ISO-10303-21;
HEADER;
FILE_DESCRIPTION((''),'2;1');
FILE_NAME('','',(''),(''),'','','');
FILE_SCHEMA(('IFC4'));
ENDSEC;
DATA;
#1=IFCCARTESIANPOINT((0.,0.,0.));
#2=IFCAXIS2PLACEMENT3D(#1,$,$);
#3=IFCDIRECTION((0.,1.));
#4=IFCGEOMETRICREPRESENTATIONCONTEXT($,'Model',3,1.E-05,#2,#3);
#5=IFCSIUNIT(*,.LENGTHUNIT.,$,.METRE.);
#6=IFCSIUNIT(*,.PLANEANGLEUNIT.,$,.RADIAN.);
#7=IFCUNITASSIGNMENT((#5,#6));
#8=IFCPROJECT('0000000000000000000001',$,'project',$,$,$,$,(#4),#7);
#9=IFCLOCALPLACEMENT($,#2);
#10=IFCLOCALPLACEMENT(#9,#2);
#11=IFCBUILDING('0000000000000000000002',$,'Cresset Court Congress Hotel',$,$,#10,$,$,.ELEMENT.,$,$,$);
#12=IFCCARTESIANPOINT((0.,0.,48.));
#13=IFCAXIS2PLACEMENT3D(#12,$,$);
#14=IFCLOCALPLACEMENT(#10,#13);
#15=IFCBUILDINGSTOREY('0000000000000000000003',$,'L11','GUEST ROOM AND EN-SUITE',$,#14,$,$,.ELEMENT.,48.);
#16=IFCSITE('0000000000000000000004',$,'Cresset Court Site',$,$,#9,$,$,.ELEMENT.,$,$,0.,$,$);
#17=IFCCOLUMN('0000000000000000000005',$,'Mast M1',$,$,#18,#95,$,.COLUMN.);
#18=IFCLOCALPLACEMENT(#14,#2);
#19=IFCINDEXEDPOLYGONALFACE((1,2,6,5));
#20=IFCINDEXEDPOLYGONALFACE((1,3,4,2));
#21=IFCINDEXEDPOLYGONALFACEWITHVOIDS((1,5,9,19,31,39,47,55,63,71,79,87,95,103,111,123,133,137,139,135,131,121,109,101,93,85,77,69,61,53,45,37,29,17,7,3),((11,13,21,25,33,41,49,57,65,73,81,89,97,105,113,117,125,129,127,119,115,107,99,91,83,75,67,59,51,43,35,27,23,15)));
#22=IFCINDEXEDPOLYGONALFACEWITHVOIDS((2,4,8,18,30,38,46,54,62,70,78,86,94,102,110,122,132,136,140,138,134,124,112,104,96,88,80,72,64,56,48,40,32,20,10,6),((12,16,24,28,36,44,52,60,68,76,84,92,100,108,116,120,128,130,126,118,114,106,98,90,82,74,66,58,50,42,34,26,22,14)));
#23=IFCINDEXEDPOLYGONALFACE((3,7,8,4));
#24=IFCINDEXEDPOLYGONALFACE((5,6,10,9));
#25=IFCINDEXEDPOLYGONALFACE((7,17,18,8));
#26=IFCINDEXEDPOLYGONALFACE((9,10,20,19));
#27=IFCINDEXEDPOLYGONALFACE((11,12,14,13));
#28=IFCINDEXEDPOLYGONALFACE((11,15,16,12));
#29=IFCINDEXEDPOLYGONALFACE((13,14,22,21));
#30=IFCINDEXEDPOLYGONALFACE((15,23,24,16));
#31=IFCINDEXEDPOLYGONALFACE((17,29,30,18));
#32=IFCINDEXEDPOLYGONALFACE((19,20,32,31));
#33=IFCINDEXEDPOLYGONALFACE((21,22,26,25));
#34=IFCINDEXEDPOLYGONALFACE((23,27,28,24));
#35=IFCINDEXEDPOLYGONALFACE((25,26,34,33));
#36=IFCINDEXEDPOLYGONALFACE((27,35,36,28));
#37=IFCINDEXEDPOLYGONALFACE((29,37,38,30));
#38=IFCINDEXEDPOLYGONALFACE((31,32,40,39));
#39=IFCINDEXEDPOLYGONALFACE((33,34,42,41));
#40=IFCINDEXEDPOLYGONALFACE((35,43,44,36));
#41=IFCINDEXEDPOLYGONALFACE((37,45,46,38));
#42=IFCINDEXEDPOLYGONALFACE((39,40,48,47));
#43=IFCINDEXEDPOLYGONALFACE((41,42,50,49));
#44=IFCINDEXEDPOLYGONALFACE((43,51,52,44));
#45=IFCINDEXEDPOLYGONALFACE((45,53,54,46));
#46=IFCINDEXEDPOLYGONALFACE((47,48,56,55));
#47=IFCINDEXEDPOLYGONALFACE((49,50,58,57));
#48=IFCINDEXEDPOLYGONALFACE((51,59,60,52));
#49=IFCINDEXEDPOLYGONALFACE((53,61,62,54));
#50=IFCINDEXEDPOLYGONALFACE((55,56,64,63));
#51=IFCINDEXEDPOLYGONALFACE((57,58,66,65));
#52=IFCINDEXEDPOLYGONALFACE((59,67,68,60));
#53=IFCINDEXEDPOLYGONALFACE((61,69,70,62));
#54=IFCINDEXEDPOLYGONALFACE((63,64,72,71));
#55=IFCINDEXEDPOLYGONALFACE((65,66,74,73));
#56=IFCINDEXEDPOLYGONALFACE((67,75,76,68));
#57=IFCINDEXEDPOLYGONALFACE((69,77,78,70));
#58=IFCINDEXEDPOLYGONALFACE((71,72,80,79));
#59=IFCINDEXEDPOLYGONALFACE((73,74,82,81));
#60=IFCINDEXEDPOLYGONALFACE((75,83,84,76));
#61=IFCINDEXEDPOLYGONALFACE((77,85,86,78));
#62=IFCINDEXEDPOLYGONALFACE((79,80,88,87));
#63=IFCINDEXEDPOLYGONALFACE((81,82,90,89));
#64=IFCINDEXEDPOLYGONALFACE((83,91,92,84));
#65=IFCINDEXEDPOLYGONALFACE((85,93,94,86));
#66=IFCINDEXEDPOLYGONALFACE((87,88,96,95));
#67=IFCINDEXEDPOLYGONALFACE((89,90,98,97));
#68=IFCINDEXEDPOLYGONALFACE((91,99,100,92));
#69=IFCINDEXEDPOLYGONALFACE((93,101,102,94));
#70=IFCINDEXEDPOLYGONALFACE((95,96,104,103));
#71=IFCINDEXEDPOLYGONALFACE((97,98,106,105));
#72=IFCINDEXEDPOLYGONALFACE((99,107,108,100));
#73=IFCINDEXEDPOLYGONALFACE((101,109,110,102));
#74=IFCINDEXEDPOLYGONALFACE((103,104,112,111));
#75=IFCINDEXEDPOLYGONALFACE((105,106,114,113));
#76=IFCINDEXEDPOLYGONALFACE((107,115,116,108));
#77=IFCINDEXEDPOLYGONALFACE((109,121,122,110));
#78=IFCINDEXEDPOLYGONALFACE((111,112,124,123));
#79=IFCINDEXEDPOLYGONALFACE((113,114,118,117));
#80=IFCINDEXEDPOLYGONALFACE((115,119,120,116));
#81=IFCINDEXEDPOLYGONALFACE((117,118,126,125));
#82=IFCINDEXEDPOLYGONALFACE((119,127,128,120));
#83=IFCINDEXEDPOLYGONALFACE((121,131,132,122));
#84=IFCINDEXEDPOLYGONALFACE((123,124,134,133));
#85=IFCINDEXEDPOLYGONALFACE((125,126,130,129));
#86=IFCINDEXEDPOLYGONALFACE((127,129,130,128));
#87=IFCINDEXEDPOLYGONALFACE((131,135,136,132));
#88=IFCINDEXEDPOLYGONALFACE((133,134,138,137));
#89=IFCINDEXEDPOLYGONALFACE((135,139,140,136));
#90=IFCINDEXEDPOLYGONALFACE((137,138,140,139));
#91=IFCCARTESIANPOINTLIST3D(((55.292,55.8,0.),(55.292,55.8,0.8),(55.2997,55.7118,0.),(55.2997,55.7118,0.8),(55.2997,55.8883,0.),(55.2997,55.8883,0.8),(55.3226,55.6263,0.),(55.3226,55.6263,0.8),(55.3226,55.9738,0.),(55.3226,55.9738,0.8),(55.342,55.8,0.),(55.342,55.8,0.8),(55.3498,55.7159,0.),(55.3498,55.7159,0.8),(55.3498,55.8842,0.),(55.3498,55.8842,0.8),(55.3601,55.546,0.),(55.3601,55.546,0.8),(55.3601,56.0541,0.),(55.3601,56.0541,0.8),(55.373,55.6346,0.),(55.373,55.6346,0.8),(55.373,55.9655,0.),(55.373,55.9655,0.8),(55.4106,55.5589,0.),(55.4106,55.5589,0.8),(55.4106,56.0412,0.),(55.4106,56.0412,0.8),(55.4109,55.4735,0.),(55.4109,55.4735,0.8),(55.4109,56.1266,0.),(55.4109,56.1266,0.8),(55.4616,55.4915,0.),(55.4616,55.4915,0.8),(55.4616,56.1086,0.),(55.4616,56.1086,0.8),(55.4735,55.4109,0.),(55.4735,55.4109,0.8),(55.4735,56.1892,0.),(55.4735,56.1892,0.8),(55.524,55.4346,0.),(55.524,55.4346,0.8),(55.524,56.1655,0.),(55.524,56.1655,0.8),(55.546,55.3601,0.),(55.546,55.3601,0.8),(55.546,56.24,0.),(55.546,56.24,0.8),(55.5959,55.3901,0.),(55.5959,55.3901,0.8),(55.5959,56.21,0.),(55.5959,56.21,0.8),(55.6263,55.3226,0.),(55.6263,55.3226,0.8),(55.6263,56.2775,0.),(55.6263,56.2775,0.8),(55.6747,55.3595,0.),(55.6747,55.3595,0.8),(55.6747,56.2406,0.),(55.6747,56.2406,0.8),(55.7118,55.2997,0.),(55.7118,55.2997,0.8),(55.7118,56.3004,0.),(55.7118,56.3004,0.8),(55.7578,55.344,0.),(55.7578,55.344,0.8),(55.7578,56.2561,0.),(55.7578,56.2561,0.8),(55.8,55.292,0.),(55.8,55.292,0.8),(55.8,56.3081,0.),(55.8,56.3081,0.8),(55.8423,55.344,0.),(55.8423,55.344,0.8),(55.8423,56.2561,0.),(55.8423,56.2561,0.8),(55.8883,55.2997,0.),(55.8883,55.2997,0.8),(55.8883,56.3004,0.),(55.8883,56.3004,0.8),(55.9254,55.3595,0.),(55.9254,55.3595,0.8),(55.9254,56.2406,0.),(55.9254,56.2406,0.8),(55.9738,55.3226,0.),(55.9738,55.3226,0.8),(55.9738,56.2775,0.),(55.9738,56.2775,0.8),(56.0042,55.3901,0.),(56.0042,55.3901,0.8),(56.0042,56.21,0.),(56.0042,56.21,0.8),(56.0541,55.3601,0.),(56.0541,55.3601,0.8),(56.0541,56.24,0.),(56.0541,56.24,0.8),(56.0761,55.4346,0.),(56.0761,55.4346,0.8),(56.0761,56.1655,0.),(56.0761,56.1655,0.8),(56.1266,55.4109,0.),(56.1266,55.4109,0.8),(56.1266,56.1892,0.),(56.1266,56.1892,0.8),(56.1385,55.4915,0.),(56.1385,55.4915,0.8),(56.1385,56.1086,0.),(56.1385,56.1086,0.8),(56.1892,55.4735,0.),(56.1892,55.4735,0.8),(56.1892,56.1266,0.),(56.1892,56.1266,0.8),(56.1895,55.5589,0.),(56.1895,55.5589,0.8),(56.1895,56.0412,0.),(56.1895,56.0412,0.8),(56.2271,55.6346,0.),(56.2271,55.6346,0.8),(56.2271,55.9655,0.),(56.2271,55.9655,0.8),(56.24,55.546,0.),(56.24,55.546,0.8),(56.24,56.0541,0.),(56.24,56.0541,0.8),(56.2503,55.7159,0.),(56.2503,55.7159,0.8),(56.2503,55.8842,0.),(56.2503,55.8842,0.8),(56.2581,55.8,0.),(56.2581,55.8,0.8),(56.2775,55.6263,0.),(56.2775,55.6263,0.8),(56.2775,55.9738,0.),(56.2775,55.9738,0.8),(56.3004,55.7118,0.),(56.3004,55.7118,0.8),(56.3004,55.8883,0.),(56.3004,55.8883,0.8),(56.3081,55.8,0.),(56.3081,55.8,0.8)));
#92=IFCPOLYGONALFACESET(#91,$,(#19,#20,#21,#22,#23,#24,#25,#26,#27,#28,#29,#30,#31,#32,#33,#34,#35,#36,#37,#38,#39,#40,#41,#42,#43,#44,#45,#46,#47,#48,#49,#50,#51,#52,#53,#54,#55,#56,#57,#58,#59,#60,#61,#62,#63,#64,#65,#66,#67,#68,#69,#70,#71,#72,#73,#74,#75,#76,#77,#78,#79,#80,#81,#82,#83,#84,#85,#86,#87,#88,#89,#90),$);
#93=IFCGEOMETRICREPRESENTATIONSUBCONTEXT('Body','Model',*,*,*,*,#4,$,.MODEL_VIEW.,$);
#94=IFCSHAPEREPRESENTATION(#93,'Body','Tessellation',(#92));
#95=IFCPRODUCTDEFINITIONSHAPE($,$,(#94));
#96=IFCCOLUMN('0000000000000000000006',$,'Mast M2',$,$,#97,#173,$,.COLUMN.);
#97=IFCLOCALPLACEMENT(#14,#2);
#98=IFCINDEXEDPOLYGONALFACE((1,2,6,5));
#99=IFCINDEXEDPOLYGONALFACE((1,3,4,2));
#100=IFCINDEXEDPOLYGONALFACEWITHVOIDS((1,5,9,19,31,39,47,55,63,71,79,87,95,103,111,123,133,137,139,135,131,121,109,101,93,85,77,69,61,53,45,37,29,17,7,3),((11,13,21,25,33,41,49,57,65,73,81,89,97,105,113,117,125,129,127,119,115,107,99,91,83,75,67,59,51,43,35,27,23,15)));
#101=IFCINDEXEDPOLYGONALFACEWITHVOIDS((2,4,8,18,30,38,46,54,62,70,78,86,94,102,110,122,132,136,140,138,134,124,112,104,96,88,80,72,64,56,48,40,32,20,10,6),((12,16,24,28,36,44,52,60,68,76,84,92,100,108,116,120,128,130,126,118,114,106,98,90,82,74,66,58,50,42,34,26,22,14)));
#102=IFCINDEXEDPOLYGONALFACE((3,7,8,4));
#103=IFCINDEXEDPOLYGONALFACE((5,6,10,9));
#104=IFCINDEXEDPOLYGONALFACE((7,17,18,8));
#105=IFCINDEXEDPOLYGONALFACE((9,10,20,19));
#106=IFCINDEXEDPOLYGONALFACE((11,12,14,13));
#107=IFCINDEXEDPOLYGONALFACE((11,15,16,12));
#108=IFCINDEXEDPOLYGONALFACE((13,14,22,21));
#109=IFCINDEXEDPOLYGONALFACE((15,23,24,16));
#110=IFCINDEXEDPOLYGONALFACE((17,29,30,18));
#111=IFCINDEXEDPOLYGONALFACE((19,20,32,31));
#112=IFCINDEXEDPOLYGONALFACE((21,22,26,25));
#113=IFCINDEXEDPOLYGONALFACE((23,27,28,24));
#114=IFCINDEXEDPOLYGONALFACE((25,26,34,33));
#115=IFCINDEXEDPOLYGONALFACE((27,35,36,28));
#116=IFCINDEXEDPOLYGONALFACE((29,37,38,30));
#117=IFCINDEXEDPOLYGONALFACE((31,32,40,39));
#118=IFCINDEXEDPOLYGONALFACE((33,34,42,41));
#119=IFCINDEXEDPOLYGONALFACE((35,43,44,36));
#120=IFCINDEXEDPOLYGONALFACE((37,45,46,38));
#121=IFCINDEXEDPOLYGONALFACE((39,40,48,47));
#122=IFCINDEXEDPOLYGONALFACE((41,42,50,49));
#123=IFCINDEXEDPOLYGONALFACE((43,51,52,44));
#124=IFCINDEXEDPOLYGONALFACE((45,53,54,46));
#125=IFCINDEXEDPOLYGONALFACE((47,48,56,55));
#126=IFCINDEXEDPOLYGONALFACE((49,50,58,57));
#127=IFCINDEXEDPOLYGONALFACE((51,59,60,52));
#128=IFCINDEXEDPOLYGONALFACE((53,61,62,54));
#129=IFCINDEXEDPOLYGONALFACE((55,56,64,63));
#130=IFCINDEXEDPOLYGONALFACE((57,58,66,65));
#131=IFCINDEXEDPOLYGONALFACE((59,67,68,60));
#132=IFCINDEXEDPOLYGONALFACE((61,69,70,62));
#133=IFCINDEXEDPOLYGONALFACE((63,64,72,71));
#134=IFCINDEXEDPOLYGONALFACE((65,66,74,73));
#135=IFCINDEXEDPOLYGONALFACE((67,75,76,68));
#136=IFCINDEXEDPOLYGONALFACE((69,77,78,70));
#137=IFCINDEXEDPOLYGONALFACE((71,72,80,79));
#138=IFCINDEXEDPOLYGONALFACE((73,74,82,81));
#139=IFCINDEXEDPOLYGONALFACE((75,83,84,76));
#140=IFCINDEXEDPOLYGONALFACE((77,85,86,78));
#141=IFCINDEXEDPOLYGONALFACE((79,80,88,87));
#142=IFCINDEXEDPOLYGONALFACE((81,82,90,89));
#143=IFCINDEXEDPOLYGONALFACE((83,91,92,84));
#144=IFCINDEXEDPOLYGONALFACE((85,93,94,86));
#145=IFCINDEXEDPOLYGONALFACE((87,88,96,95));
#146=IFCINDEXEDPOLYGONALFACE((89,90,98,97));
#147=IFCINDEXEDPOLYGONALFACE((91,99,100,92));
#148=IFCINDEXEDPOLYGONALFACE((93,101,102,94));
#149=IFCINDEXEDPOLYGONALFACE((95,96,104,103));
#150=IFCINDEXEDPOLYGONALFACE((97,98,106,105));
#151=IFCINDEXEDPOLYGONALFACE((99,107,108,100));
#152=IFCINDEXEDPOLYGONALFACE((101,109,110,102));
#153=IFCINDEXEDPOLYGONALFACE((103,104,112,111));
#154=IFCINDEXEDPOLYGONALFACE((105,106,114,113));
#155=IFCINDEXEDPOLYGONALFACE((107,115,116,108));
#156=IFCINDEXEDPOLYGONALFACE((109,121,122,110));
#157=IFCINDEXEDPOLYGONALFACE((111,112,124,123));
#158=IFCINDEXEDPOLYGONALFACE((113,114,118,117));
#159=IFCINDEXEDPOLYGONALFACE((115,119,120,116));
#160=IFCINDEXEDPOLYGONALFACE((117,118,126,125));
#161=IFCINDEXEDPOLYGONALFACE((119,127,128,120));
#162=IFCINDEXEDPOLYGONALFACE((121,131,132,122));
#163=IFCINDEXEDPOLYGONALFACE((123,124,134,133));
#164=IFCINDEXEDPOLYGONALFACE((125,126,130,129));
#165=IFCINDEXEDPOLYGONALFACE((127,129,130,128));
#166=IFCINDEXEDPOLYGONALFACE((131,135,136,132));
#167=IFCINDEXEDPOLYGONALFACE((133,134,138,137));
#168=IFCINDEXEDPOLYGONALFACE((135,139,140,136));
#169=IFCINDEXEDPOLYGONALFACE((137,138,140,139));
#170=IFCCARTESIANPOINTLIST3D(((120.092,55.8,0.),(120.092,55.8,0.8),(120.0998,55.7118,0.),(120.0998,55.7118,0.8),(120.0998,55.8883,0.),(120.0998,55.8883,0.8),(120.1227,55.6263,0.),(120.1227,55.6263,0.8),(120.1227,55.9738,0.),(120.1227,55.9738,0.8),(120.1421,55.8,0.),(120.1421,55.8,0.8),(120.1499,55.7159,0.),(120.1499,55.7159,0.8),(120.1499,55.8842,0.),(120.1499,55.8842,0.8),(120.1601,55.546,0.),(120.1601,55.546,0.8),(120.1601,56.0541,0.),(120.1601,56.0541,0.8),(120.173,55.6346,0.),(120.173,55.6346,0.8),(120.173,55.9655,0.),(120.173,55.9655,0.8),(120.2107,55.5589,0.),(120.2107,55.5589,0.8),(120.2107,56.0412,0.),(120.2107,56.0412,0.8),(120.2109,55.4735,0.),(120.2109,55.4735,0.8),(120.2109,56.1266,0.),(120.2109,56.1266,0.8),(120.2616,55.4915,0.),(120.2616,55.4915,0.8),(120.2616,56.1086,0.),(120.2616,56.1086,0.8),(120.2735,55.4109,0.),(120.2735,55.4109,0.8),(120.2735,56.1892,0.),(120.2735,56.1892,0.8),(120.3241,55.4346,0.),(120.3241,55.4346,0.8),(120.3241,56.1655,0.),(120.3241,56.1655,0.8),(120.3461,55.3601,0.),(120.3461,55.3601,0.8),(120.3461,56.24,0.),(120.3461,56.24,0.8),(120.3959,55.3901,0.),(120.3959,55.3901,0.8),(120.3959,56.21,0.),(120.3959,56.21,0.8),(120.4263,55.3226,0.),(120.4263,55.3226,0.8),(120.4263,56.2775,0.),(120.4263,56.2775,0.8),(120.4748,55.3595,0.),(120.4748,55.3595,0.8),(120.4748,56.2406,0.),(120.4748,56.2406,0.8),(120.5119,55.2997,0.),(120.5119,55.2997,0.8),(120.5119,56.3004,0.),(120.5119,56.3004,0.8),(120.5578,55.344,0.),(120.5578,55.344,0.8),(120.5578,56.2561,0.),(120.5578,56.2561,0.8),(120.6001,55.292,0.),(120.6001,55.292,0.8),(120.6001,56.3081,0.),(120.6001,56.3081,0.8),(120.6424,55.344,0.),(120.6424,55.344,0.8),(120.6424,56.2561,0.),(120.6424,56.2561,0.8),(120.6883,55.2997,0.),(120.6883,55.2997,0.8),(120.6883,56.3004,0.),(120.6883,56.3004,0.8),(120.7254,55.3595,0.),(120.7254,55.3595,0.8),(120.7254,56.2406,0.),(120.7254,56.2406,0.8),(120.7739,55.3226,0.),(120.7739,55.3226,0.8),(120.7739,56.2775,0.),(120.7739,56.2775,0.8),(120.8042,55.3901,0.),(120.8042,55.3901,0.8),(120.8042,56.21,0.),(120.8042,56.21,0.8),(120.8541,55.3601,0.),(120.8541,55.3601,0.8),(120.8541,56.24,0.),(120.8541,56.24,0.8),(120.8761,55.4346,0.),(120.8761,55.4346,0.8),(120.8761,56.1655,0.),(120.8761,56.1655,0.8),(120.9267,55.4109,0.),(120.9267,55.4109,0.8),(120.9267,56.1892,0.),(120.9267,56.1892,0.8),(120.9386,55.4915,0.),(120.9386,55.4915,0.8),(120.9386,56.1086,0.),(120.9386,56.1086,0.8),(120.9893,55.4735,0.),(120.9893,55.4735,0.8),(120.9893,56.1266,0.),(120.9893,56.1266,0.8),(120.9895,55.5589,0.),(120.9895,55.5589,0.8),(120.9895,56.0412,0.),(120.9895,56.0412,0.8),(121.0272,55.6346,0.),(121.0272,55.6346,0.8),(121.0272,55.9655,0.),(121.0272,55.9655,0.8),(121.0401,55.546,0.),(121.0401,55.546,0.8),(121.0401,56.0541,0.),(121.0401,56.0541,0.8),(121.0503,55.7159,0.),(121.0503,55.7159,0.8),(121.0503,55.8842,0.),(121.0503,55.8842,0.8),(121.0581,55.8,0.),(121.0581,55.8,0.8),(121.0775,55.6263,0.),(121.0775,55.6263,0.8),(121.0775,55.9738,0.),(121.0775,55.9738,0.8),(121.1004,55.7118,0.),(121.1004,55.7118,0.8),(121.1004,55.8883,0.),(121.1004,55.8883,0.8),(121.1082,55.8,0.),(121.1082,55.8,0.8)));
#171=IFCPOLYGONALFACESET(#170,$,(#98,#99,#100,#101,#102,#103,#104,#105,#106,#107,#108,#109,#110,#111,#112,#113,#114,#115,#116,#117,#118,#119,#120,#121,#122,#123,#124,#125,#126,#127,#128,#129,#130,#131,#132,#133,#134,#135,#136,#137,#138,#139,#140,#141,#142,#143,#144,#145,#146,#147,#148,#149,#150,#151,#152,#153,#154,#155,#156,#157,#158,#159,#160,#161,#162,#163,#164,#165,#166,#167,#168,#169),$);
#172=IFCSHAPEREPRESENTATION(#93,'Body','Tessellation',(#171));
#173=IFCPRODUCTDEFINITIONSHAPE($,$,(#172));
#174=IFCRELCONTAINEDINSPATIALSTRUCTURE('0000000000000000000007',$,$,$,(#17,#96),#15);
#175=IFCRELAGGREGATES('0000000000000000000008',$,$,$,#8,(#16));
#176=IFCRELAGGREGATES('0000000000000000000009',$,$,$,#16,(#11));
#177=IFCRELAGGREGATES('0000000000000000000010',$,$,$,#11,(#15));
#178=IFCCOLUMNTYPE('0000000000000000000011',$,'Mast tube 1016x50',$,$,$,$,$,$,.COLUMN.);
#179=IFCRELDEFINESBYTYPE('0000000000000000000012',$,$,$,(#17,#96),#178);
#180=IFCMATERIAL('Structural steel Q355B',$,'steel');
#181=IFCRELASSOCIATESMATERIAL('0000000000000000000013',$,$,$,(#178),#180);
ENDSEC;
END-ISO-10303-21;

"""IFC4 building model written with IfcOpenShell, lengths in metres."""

from ifc_helpers import new_model, si_unit, direction, frame, origin, origin_2d, place, context, subcontext, project, spatial, hollow_circle, extrude, material, material_profile, profile_set, type_object, element, save


model = new_model("IFC4")

# Units and contexts
model_context = context("Model", 3, precision=1e-05, world=origin(), true_north=direction((0.0, 1.0)))
body_context = subcontext(model_context, "Body", "Model", "MODEL_VIEW")
ifc_project = project(units=[si_unit("LENGTHUNIT", "METRE"), si_unit("PLANEANGLEUNIT", "RADIAN")], contexts=[model_context])

# Site, building, storey
site_placement = place(None, origin())
site = spatial("IfcSite", under=ifc_project, at=site_placement, Name="Cresset Court Site", CompositionType="ELEMENT", RefElevation=0.0)
building_placement = place(site_placement, origin())
building = spatial("IfcBuilding", under=site, at=building_placement, Name="Cresset Court Congress Hotel", CompositionType="ELEMENT")
storey_placement = place(building_placement, frame((0.0, 0.0, 48.0)))
storey = spatial("IfcBuildingStorey", under=building, at=storey_placement, Name="L11", Description="GUEST ROOM AND EN-SUITE", CompositionType="ELEMENT", Elevation=48.0)

# Columns
ifc_material_1 = material(Name="Structural steel Q355B", Category="steel")
ifc_material_profile = material_profile(ifc_material_1, hollow_circle(Radius=0.5081, WallThickness=0.05, at=origin_2d()), Name="CHS1016x50")
ifc_profile_set = profile_set([ifc_material_profile], Name="Structural steel Q355B")
column_type = type_object("IfcColumnType", Name="Mast tube 1016x50", PredefinedType="COLUMN", material=ifc_profile_set)
for number, where, z_axis, x_axis, name in (
    (1, (55.8, 55.8, 0.0), (0.0, 0.0, 1.0), (1.0, 0.0, 0.0), "Mast M1"),
    (2, (120.6001, 55.8, 0.0), (0.0, 0.0, 1.0), (1.0, 0.0, 0.0), "Mast M2"),
):
    element("IfcColumn", number, at=place(storey_placement, frame(where, z_axis=z_axis, x_axis=x_axis)), inside=storey, type_object=column_type, Name=name, PredefinedType="COLUMN", context=body_context, shape_type="SweptSolid", body=[
        extrude(hollow_circle(Radius=0.5081, WallThickness=0.05, at=origin_2d()), origin(), (0.0, 0.0, 1.0), 0.8),
    ])

save(model, "model.ifc")
